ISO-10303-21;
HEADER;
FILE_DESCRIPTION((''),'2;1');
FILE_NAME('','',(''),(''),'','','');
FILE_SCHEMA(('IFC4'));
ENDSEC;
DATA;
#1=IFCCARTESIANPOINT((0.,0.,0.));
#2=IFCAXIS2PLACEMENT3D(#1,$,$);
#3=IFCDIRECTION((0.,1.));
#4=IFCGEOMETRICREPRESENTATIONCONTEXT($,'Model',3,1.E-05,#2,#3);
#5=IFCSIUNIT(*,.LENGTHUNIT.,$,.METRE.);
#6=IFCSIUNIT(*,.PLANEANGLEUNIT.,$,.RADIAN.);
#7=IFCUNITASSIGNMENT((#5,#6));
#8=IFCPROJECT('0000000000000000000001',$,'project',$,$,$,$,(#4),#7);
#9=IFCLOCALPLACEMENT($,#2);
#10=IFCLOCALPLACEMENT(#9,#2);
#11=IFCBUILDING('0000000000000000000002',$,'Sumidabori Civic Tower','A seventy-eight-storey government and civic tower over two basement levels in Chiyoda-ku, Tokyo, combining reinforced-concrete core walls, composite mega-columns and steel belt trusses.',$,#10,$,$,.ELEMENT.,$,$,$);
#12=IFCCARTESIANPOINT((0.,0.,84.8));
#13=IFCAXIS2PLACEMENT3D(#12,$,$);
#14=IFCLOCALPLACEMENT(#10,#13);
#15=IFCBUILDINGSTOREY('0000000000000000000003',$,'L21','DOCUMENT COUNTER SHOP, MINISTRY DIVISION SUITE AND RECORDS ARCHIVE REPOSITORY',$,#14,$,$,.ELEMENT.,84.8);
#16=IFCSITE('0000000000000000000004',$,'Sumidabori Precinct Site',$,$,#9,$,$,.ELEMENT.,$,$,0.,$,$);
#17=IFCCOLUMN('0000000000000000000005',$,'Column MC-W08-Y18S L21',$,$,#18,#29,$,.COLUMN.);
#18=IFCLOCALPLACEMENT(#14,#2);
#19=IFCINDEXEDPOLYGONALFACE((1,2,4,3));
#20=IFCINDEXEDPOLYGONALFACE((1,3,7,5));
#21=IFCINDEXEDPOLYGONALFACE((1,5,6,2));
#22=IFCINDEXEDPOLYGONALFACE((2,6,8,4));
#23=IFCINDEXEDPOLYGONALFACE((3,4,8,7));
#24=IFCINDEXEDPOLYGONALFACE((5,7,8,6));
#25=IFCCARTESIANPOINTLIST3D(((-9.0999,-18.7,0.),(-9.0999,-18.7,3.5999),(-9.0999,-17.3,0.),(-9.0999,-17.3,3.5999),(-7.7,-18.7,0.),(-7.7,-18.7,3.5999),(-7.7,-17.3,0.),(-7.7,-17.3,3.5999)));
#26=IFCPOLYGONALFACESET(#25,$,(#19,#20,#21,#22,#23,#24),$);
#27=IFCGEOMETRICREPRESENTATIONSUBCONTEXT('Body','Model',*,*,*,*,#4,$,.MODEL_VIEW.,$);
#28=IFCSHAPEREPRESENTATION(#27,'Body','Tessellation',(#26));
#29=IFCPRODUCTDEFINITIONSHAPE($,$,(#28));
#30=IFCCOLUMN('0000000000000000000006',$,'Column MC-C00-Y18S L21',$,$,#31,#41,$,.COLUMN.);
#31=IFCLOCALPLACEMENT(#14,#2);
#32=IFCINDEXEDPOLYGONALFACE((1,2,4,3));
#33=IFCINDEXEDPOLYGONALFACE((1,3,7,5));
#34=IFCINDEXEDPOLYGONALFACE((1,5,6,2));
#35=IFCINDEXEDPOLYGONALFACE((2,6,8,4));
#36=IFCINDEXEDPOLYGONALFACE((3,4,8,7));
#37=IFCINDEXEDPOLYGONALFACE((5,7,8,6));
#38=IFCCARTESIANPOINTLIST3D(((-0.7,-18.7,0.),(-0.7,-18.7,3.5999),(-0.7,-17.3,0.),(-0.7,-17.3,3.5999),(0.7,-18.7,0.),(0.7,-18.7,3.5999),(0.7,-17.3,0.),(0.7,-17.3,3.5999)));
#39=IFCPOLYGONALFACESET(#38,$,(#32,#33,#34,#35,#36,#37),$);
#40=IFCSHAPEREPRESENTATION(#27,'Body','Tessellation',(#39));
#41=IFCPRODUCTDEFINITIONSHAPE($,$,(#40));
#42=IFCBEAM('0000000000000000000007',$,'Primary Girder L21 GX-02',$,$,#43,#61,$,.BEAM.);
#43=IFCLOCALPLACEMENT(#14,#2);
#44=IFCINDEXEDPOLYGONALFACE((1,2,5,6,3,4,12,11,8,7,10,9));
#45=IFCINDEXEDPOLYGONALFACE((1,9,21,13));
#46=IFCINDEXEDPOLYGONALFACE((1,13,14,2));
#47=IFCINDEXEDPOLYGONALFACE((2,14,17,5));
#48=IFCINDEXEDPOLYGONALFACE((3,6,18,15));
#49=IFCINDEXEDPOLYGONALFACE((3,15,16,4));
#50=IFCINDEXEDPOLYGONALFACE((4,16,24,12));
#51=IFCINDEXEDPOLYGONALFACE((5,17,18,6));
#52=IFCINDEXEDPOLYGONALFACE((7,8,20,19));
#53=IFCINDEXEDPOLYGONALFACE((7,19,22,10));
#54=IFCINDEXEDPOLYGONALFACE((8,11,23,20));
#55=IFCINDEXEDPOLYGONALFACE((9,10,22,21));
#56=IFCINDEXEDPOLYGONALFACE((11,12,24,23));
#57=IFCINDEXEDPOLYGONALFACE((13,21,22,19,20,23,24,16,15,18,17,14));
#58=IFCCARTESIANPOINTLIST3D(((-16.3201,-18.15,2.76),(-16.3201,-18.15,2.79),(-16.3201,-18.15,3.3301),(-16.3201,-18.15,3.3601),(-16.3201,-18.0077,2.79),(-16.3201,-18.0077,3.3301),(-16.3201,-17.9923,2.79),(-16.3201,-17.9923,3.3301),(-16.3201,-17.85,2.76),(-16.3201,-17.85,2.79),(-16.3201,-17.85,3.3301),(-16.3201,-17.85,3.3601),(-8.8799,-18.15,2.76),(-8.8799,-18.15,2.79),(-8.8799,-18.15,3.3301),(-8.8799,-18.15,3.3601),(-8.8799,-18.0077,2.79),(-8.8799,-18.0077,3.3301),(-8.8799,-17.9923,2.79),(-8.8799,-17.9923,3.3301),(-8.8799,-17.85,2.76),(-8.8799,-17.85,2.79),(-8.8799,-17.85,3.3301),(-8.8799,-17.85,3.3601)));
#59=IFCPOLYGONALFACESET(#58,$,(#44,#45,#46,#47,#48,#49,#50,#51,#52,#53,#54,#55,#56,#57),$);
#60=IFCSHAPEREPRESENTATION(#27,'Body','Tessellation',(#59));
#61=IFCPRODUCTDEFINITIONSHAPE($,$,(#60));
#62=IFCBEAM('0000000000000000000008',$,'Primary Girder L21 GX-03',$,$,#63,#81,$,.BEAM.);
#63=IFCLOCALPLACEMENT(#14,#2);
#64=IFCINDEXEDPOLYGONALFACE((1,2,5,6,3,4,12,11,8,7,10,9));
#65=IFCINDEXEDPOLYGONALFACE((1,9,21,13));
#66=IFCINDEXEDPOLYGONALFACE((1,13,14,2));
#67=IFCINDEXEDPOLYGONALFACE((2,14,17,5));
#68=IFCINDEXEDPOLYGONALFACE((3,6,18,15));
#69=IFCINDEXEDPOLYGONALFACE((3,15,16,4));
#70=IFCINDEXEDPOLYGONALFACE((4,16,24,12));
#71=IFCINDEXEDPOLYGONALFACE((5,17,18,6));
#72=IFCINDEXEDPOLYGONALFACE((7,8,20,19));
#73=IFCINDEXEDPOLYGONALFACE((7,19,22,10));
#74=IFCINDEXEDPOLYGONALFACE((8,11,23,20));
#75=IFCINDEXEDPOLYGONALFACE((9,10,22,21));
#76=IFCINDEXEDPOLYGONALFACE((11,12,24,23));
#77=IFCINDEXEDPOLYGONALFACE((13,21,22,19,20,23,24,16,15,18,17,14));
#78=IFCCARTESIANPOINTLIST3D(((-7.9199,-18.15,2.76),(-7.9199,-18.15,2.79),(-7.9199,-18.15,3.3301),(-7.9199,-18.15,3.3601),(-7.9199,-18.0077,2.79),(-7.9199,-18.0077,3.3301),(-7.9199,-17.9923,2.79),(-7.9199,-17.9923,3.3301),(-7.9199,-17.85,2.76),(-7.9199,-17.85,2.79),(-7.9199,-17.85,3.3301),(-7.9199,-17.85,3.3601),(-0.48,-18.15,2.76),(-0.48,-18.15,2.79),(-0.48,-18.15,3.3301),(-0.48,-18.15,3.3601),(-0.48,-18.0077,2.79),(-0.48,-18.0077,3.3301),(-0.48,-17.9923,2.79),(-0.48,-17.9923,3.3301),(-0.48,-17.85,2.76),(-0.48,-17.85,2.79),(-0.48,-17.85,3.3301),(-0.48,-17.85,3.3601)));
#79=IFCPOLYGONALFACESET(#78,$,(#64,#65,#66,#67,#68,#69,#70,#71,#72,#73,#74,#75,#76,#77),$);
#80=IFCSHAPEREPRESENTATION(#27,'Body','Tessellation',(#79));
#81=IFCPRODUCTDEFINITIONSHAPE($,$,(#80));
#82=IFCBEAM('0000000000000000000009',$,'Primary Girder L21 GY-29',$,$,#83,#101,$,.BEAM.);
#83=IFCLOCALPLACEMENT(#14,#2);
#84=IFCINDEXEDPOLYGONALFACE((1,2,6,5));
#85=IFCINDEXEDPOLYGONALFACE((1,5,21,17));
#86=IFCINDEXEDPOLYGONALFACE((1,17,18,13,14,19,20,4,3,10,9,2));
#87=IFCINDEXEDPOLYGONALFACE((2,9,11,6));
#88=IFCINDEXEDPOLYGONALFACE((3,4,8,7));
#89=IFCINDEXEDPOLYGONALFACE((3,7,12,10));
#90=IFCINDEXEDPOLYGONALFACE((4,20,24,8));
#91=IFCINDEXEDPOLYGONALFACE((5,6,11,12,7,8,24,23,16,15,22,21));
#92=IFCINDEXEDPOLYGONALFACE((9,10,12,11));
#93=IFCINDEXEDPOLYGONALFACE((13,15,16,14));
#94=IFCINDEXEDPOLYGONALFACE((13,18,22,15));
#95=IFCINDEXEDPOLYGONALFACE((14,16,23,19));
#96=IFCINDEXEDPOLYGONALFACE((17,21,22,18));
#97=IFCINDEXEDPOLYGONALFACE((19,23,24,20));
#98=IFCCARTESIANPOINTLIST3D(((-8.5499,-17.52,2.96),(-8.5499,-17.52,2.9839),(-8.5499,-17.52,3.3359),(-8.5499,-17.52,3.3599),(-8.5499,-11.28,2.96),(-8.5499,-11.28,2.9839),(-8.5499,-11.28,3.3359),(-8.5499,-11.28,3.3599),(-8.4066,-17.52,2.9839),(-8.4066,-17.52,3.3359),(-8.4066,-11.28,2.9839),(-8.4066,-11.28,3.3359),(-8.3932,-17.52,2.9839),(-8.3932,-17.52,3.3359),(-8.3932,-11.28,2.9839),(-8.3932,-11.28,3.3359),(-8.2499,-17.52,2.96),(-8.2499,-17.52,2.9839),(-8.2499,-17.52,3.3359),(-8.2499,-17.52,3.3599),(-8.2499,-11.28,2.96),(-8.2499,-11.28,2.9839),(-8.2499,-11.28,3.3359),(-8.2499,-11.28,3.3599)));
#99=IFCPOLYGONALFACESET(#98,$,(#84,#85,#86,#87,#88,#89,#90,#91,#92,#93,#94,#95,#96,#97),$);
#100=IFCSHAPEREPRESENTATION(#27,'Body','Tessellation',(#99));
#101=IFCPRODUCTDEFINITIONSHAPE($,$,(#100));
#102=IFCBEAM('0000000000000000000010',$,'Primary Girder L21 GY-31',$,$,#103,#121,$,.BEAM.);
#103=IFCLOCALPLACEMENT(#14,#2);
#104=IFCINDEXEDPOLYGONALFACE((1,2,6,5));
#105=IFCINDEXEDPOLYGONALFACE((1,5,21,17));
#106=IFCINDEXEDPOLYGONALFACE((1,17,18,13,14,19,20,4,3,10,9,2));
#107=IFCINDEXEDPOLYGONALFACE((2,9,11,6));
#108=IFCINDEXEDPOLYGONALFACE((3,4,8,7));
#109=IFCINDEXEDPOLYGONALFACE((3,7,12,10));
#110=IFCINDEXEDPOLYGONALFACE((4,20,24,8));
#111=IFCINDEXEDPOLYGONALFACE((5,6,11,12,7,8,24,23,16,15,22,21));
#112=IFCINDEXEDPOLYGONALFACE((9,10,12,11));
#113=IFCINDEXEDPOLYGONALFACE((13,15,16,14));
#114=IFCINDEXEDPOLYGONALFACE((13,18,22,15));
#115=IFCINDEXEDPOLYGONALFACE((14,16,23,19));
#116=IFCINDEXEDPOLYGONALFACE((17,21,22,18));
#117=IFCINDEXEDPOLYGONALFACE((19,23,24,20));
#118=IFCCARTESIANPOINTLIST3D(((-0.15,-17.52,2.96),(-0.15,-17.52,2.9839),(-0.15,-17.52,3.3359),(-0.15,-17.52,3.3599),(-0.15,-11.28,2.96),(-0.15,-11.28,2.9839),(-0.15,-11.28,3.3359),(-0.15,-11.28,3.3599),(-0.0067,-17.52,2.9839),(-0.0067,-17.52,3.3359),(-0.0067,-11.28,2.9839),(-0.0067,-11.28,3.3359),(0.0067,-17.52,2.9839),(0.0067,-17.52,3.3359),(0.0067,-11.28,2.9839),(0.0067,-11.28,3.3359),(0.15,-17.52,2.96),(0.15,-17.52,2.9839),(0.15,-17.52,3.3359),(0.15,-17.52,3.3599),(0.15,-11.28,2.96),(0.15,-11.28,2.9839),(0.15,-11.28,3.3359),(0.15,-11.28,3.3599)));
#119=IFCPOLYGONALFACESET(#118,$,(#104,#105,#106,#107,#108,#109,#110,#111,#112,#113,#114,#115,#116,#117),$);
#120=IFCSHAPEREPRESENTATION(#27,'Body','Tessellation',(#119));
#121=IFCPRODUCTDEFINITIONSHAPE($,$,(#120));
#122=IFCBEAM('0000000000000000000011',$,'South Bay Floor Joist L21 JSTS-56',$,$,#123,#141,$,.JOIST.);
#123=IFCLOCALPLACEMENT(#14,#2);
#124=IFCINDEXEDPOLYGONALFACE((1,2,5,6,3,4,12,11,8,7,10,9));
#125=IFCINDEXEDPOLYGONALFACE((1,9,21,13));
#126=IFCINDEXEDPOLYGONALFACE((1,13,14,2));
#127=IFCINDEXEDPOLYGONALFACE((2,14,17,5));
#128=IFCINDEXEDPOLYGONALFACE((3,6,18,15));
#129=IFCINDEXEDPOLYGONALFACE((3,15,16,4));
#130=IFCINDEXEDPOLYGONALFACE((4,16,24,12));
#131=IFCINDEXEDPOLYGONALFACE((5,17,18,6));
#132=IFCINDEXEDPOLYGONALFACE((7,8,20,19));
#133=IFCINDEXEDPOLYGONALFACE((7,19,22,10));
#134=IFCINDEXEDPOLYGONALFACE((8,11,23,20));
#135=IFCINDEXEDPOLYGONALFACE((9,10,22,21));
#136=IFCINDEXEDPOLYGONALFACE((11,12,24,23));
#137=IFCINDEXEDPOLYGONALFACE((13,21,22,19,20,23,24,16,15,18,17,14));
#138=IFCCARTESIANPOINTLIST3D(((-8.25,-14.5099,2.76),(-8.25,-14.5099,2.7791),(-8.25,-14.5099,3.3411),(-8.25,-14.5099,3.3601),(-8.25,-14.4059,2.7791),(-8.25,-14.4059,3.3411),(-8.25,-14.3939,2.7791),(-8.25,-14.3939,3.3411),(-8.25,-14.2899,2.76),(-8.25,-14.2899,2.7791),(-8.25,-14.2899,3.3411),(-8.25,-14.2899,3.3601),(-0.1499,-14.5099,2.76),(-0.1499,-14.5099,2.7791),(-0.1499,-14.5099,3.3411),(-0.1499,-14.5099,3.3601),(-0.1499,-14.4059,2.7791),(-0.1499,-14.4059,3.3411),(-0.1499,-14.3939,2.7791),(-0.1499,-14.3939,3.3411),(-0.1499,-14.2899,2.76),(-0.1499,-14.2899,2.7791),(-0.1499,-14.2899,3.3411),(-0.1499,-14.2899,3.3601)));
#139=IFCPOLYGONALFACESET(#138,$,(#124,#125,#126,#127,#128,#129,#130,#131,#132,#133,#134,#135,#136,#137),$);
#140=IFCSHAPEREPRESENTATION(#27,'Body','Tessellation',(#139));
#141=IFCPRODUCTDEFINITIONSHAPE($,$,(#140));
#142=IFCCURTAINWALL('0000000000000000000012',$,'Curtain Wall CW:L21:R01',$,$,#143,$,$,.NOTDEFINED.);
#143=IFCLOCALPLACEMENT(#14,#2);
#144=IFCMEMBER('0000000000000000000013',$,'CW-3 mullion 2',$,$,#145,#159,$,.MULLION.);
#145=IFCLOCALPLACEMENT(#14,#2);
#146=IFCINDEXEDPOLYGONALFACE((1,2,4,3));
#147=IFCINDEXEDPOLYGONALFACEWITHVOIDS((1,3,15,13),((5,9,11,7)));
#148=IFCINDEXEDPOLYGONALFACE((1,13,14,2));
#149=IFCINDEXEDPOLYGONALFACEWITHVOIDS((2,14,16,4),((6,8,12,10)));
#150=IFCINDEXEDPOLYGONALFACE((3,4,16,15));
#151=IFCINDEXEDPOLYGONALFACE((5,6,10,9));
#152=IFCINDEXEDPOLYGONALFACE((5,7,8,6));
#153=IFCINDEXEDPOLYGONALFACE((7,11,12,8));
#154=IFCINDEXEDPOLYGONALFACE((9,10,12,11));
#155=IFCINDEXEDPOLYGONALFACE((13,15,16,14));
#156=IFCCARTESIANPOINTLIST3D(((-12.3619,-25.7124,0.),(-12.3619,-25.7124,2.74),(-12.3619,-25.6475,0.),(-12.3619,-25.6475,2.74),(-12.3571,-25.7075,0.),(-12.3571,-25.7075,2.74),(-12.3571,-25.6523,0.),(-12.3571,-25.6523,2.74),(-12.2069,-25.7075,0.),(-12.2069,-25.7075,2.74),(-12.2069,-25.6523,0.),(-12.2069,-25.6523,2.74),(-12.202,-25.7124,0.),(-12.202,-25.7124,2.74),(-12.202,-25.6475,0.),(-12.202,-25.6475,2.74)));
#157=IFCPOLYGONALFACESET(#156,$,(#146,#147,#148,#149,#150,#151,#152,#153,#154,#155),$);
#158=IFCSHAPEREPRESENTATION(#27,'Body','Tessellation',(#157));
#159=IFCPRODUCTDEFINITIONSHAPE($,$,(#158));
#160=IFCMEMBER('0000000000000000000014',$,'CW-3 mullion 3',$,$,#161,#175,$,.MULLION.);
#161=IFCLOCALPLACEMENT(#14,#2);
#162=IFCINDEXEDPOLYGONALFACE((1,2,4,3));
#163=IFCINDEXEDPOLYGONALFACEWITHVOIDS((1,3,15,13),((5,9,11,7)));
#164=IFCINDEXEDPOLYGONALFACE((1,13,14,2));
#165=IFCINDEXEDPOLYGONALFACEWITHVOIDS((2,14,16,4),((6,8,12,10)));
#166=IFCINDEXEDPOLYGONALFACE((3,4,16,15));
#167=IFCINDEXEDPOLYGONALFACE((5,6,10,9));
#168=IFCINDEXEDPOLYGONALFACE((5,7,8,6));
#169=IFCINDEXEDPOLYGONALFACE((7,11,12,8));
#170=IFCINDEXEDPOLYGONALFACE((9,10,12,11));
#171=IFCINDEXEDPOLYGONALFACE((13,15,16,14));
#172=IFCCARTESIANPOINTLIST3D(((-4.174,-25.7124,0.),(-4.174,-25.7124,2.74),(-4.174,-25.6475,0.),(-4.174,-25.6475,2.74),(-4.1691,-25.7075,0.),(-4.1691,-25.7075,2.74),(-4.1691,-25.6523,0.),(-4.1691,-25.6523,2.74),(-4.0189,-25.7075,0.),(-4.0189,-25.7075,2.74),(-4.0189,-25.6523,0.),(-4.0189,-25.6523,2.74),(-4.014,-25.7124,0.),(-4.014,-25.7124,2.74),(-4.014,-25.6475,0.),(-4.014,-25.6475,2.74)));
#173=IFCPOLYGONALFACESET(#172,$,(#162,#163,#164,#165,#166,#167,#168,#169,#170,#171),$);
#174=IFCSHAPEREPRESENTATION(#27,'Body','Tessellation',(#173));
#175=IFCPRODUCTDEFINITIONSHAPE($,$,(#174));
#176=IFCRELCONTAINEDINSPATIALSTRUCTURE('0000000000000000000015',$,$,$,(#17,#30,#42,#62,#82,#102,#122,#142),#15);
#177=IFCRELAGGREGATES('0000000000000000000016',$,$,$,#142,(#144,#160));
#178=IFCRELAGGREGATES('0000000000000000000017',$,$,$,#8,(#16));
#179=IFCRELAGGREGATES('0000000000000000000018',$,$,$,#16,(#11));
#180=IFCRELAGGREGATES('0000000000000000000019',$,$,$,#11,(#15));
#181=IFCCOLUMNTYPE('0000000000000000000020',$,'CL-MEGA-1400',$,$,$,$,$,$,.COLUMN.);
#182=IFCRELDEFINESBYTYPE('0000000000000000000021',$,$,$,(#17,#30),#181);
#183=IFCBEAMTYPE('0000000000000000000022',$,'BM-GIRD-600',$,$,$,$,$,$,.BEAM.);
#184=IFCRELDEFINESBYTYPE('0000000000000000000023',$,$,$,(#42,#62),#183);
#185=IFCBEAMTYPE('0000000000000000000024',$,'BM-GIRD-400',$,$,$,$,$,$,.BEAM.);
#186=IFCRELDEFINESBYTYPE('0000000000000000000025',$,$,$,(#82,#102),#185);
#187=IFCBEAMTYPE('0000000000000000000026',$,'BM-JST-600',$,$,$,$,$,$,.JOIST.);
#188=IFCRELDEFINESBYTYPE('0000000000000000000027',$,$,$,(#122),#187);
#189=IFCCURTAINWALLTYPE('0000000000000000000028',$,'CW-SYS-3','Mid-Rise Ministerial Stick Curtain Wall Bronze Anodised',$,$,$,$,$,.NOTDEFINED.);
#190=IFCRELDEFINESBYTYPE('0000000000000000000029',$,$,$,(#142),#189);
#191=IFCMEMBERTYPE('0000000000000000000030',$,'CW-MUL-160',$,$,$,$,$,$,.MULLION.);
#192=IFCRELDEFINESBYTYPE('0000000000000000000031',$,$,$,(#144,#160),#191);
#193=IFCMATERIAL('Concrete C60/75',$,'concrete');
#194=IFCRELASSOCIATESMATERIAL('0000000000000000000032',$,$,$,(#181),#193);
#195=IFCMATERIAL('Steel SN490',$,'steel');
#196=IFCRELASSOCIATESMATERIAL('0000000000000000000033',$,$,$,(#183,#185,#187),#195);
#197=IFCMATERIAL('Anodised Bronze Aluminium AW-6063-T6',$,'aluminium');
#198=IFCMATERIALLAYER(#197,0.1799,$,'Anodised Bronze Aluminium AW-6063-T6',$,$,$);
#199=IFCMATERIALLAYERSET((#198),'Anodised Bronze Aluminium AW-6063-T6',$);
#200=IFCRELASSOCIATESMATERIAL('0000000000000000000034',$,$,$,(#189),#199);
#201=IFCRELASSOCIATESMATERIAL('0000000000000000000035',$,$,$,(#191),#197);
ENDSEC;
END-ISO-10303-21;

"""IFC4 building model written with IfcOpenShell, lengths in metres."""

from ifc_helpers import new_model, si_unit, direction, frame, origin, origin_2d, place, context, subcontext, project, spatial, rectangle, hollow_rectangle, i_section, extrude, source, transform, mapped, material, layer, layer_set, material_profile, profile_set, type_object, element, aggregate, save


model = new_model("IFC4")

# Units and contexts
model_context = context("Model", 3, precision=1e-05, world=origin(), true_north=direction((0.0, 1.0)))
body_context = subcontext(model_context, "Body", "Model", "MODEL_VIEW")
ifc_project = project(units=[si_unit("LENGTHUNIT", "METRE"), si_unit("PLANEANGLEUNIT", "RADIAN")], contexts=[model_context])

# Site, building, storey
site_placement = place(None, origin())
site = spatial("IfcSite", under=ifc_project, at=site_placement, Name="Sumidabori Precinct Site", CompositionType="ELEMENT", RefElevation=0.0)
building_placement = place(site_placement, origin())
building = spatial("IfcBuilding", under=site, at=building_placement, Name="Sumidabori Civic Tower", Description="A seventy-eight-storey government and civic tower over two basement levels in Chiyoda-ku, Tokyo, combining reinforced-concrete core walls, composite mega-columns and steel belt trusses.", CompositionType="ELEMENT")
storey_placement = place(building_placement, frame((0.0, 0.0, 84.8)))
storey = spatial("IfcBuildingStorey", under=building, at=storey_placement, Name="L21", Description="DOCUMENT COUNTER SHOP, MINISTRY DIVISION SUITE AND RECORDS ARCHIVE REPOSITORY", CompositionType="ELEMENT", Elevation=84.8)

# Columns
ifc_material_1 = material(Name="Concrete C60/75", Category="concrete")
ifc_material_profile_1 = material_profile(ifc_material_1, rectangle(XDim=1.3999, YDim=1.3999, at=origin_2d()), Name="RC 1400x1400")
ifc_profile_set_1 = profile_set([ifc_material_profile_1], Name="Concrete C60/75")
column_type = type_object("IfcColumnType", Name="CL-MEGA-1400", PredefinedType="COLUMN", material=ifc_profile_set_1)
shared_shape_1 = source(origin(), body_context, "Body", "SweptSolid", [
    extrude(rectangle(XDim=1.3999, YDim=1.3999, at=origin_2d()), origin(), (0.0, 0.0, 1.0), 3.5999),
])
for number, where, z_axis, x_axis, name in (
    (1, (-8.3999, -18.0, 0.0), (0.0, 0.0, 1.0), (1.0, 0.0, 0.0), "Column MC-W08-Y18S L21"),
    (2, (0.0, -18.0, 0.0), (0.0, 0.0, 1.0), (1.0, 0.0, 0.0), "Column MC-C00-Y18S L21"),
):
    element("IfcColumn", number, at=place(storey_placement, frame(where, z_axis=z_axis, x_axis=x_axis)), inside=storey, type_object=column_type, Name=name, PredefinedType="COLUMN", context=body_context, shape_type="MappedRepresentation", body=[
        mapped(shared_shape_1, transform((0.0, 0.0, 0.0), x_axis=(1.0, 0.0, 0.0), y_axis=(0.0, 1.0, 0.0), z_axis=(0.0, 0.0, 1.0), scale=1.0)),
    ])

# Beams
ifc_material_2 = material(Name="Steel SN490", Category="steel")
ifc_material_profile_2 = material_profile(ifc_material_2, i_section(OverallWidth=0.3, OverallDepth=0.6001, WebThickness=0.0154, FlangeThickness=0.03, at=origin_2d()), Name="HE 600 B")
ifc_profile_set_2 = profile_set([ifc_material_profile_2], Name="Steel SN490")
beam_type_1 = type_object("IfcBeamType", Name="BM-GIRD-600", PredefinedType="BEAM", material=ifc_profile_set_2)
shared_shape_2 = source(origin(), body_context, "Body", "SweptSolid", [
    extrude(i_section(OverallWidth=0.3, OverallDepth=0.6001, WebThickness=0.0154, FlangeThickness=0.03, at=origin_2d()), origin(), (0.0, 0.0, 1.0), 7.4402),
])
beam_1_placement = place(storey_placement, frame((-16.3201, -18.0, 3.0601), z_axis=(1.0, 0.0, 0.0), x_axis=(0.0, 1.0, 0.0)))
element("IfcBeam", 3, at=beam_1_placement, inside=storey, type_object=beam_type_1, Name="Primary Girder L21 GX-02", PredefinedType="BEAM", context=body_context, shape_type="MappedRepresentation", body=[
    mapped(shared_shape_2, transform((0.0, 0.0, 0.0), x_axis=(1.0, 0.0, 0.0), y_axis=(0.0, 1.0, 0.0), z_axis=(0.0, 0.0, 1.0), scale=1.0)),
])
shared_shape_3 = source(origin(), body_context, "Body", "SweptSolid", [
    extrude(i_section(OverallWidth=0.3, OverallDepth=0.6001, WebThickness=0.0154, FlangeThickness=0.03, at=origin_2d()), origin(), (0.0, 0.0, 1.0), 7.4399),
])
beam_2_placement = place(storey_placement, frame((-7.9199, -18.0, 3.0601), z_axis=(1.0, 0.0, 0.0), x_axis=(0.0, 1.0, 0.0)))
element("IfcBeam", 4, at=beam_2_placement, inside=storey, type_object=beam_type_1, Name="Primary Girder L21 GX-03", PredefinedType="BEAM", context=body_context, shape_type="MappedRepresentation", body=[
    mapped(shared_shape_3, transform((0.0, 0.0, 0.0), x_axis=(1.0, 0.0, 0.0), y_axis=(0.0, 1.0, 0.0), z_axis=(0.0, 0.0, 1.0), scale=1.0)),
])
ifc_material_profile_3 = material_profile(ifc_material_2, i_section(OverallWidth=0.3, OverallDepth=0.3999, WebThickness=0.0134, FlangeThickness=0.0239, at=origin_2d()), Name="HE 400 B")
ifc_profile_set_3 = profile_set([ifc_material_profile_3], Name="Steel SN490")
beam_type_2 = type_object("IfcBeamType", Name="BM-GIRD-400", PredefinedType="BEAM", material=ifc_profile_set_3)
shared_shape_4 = source(origin(), body_context, "Body", "SweptSolid", [
    extrude(i_section(OverallWidth=0.3, OverallDepth=0.3999, WebThickness=0.0134, FlangeThickness=0.0239, at=origin_2d()), origin(), (0.0, 0.0, 1.0), 6.24),
])
for number, where, z_axis, x_axis, name in (
    (5, (-8.3999, -17.52, 3.1599), (0.0, 1.0, 0.0), (-1.0, 0.0, 0.0), "Primary Girder L21 GY-29"),
    (6, (0.0, -17.52, 3.1599), (0.0, 1.0, 0.0), (-1.0, 0.0, 0.0), "Primary Girder L21 GY-31"),
):
    element("IfcBeam", number, at=place(storey_placement, frame(where, z_axis=z_axis, x_axis=x_axis)), inside=storey, type_object=beam_type_2, Name=name, PredefinedType="BEAM", context=body_context, shape_type="MappedRepresentation", body=[
        mapped(shared_shape_4, transform((0.0, 0.0, 0.0), x_axis=(1.0, 0.0, 0.0), y_axis=(0.0, 1.0, 0.0), z_axis=(0.0, 0.0, 1.0), scale=1.0)),
    ])
ifc_material_profile_4 = material_profile(ifc_material_2, i_section(OverallWidth=0.22, OverallDepth=0.6001, WebThickness=0.012, FlangeThickness=0.019, at=origin_2d()), Name="IPE 600")
ifc_profile_set_4 = profile_set([ifc_material_profile_4], Name="Steel SN490")
beam_type_3 = type_object("IfcBeamType", Name="BM-JST-600", PredefinedType="JOIST", material=ifc_profile_set_4)
shared_shape_5 = source(origin(), body_context, "Body", "SweptSolid", [
    extrude(i_section(OverallWidth=0.22, OverallDepth=0.6001, WebThickness=0.012, FlangeThickness=0.019, at=origin_2d()), origin(), (0.0, 0.0, 1.0), 8.1001),
])
beam_3_placement = place(storey_placement, frame((-8.25, -14.3999, 3.0601), z_axis=(1.0, 0.0, 0.0), x_axis=(0.0, 1.0, 0.0)))
element("IfcBeam", 7, at=beam_3_placement, inside=storey, type_object=beam_type_3, Name="South Bay Floor Joist L21 JSTS-56", PredefinedType="JOIST", context=body_context, shape_type="MappedRepresentation", body=[
    mapped(shared_shape_5, transform((0.0, 0.0, 0.0), x_axis=(1.0, 0.0, 0.0), y_axis=(0.0, 1.0, 0.0), z_axis=(0.0, 0.0, 1.0), scale=1.0)),
])

# Curtain wall, members
ifc_material_3 = material(Name="Anodised Bronze Aluminium AW-6063-T6", Category="aluminium")
ifc_layer_1 = layer(ifc_material_3, 0.1799, Name="Anodised Bronze Aluminium AW-6063-T6")
ifc_layer_set_1 = layer_set([ifc_layer_1], Name="Anodised Bronze Aluminium AW-6063-T6")
curtain_wall_type = type_object("IfcCurtainWallType", Name="CW-SYS-3", Description="Mid-Rise Ministerial Stick Curtain Wall Bronze Anodised", PredefinedType="NOTDEFINED", material=ifc_layer_set_1)
curtain_wall_placement = place(storey_placement, origin())
curtain_wall = element("IfcCurtainWall", 8, at=curtain_wall_placement, inside=storey, type_object=curtain_wall_type, Name="Curtain Wall CW:L21:R01", PredefinedType="NOTDEFINED")
ifc_material_profile_5 = material_profile(ifc_material_3, hollow_rectangle(XDim=0.0649, YDim=0.1599, WallThickness=0.0049, at=origin_2d()), Name="ALU MULLION 160x65")
ifc_profile_set_5 = profile_set([ifc_material_profile_5], Name="Anodised Bronze Aluminium AW-6063-T6")
member_type_1 = type_object("IfcMemberType", Name="CW-MUL-160", PredefinedType="MULLION", material=ifc_profile_set_5)
shared_shape_6 = source(origin(), body_context, "Body", "SweptSolid", [
    extrude(hollow_rectangle(XDim=0.0649, YDim=0.1599, WallThickness=0.0049, at=origin_2d()), origin(), (0.0, 0.0, 1.0), 2.74),
])
member_1_placement = place(storey_placement, frame((-12.282, -25.6799, 0.0), z_axis=(0.0, 0.0, 1.0), x_axis=(0.0, 1.0, 0.0)))
member_1 = element("IfcMember", 9, at=member_1_placement, type_object=member_type_1, Name="CW-3 mullion 2", PredefinedType="MULLION", context=body_context, shape_type="MappedRepresentation", body=[
    mapped(shared_shape_6, transform((0.0, 0.0, 0.0), x_axis=(1.0, 0.0, 0.0), y_axis=(0.0, 1.0, 0.0), z_axis=(0.0, 0.0, 1.0), scale=1.0)),
])
member_2_placement = place(storey_placement, frame((-4.094, -25.6799, 0.0), z_axis=(0.0, 0.0, 1.0), x_axis=(0.0, 1.0, 0.0)))
member_2 = element("IfcMember", 10, at=member_2_placement, type_object=member_type_1, Name="CW-3 mullion 3", PredefinedType="MULLION", context=body_context, shape_type="MappedRepresentation", body=[
    mapped(shared_shape_6, transform((0.0, 0.0, 0.0), x_axis=(1.0, 0.0, 0.0), y_axis=(0.0, 1.0, 0.0), z_axis=(0.0, 0.0, 1.0), scale=1.0)),
])
aggregate(curtain_wall, [member_1, member_2])

save(model, "model.ifc")
